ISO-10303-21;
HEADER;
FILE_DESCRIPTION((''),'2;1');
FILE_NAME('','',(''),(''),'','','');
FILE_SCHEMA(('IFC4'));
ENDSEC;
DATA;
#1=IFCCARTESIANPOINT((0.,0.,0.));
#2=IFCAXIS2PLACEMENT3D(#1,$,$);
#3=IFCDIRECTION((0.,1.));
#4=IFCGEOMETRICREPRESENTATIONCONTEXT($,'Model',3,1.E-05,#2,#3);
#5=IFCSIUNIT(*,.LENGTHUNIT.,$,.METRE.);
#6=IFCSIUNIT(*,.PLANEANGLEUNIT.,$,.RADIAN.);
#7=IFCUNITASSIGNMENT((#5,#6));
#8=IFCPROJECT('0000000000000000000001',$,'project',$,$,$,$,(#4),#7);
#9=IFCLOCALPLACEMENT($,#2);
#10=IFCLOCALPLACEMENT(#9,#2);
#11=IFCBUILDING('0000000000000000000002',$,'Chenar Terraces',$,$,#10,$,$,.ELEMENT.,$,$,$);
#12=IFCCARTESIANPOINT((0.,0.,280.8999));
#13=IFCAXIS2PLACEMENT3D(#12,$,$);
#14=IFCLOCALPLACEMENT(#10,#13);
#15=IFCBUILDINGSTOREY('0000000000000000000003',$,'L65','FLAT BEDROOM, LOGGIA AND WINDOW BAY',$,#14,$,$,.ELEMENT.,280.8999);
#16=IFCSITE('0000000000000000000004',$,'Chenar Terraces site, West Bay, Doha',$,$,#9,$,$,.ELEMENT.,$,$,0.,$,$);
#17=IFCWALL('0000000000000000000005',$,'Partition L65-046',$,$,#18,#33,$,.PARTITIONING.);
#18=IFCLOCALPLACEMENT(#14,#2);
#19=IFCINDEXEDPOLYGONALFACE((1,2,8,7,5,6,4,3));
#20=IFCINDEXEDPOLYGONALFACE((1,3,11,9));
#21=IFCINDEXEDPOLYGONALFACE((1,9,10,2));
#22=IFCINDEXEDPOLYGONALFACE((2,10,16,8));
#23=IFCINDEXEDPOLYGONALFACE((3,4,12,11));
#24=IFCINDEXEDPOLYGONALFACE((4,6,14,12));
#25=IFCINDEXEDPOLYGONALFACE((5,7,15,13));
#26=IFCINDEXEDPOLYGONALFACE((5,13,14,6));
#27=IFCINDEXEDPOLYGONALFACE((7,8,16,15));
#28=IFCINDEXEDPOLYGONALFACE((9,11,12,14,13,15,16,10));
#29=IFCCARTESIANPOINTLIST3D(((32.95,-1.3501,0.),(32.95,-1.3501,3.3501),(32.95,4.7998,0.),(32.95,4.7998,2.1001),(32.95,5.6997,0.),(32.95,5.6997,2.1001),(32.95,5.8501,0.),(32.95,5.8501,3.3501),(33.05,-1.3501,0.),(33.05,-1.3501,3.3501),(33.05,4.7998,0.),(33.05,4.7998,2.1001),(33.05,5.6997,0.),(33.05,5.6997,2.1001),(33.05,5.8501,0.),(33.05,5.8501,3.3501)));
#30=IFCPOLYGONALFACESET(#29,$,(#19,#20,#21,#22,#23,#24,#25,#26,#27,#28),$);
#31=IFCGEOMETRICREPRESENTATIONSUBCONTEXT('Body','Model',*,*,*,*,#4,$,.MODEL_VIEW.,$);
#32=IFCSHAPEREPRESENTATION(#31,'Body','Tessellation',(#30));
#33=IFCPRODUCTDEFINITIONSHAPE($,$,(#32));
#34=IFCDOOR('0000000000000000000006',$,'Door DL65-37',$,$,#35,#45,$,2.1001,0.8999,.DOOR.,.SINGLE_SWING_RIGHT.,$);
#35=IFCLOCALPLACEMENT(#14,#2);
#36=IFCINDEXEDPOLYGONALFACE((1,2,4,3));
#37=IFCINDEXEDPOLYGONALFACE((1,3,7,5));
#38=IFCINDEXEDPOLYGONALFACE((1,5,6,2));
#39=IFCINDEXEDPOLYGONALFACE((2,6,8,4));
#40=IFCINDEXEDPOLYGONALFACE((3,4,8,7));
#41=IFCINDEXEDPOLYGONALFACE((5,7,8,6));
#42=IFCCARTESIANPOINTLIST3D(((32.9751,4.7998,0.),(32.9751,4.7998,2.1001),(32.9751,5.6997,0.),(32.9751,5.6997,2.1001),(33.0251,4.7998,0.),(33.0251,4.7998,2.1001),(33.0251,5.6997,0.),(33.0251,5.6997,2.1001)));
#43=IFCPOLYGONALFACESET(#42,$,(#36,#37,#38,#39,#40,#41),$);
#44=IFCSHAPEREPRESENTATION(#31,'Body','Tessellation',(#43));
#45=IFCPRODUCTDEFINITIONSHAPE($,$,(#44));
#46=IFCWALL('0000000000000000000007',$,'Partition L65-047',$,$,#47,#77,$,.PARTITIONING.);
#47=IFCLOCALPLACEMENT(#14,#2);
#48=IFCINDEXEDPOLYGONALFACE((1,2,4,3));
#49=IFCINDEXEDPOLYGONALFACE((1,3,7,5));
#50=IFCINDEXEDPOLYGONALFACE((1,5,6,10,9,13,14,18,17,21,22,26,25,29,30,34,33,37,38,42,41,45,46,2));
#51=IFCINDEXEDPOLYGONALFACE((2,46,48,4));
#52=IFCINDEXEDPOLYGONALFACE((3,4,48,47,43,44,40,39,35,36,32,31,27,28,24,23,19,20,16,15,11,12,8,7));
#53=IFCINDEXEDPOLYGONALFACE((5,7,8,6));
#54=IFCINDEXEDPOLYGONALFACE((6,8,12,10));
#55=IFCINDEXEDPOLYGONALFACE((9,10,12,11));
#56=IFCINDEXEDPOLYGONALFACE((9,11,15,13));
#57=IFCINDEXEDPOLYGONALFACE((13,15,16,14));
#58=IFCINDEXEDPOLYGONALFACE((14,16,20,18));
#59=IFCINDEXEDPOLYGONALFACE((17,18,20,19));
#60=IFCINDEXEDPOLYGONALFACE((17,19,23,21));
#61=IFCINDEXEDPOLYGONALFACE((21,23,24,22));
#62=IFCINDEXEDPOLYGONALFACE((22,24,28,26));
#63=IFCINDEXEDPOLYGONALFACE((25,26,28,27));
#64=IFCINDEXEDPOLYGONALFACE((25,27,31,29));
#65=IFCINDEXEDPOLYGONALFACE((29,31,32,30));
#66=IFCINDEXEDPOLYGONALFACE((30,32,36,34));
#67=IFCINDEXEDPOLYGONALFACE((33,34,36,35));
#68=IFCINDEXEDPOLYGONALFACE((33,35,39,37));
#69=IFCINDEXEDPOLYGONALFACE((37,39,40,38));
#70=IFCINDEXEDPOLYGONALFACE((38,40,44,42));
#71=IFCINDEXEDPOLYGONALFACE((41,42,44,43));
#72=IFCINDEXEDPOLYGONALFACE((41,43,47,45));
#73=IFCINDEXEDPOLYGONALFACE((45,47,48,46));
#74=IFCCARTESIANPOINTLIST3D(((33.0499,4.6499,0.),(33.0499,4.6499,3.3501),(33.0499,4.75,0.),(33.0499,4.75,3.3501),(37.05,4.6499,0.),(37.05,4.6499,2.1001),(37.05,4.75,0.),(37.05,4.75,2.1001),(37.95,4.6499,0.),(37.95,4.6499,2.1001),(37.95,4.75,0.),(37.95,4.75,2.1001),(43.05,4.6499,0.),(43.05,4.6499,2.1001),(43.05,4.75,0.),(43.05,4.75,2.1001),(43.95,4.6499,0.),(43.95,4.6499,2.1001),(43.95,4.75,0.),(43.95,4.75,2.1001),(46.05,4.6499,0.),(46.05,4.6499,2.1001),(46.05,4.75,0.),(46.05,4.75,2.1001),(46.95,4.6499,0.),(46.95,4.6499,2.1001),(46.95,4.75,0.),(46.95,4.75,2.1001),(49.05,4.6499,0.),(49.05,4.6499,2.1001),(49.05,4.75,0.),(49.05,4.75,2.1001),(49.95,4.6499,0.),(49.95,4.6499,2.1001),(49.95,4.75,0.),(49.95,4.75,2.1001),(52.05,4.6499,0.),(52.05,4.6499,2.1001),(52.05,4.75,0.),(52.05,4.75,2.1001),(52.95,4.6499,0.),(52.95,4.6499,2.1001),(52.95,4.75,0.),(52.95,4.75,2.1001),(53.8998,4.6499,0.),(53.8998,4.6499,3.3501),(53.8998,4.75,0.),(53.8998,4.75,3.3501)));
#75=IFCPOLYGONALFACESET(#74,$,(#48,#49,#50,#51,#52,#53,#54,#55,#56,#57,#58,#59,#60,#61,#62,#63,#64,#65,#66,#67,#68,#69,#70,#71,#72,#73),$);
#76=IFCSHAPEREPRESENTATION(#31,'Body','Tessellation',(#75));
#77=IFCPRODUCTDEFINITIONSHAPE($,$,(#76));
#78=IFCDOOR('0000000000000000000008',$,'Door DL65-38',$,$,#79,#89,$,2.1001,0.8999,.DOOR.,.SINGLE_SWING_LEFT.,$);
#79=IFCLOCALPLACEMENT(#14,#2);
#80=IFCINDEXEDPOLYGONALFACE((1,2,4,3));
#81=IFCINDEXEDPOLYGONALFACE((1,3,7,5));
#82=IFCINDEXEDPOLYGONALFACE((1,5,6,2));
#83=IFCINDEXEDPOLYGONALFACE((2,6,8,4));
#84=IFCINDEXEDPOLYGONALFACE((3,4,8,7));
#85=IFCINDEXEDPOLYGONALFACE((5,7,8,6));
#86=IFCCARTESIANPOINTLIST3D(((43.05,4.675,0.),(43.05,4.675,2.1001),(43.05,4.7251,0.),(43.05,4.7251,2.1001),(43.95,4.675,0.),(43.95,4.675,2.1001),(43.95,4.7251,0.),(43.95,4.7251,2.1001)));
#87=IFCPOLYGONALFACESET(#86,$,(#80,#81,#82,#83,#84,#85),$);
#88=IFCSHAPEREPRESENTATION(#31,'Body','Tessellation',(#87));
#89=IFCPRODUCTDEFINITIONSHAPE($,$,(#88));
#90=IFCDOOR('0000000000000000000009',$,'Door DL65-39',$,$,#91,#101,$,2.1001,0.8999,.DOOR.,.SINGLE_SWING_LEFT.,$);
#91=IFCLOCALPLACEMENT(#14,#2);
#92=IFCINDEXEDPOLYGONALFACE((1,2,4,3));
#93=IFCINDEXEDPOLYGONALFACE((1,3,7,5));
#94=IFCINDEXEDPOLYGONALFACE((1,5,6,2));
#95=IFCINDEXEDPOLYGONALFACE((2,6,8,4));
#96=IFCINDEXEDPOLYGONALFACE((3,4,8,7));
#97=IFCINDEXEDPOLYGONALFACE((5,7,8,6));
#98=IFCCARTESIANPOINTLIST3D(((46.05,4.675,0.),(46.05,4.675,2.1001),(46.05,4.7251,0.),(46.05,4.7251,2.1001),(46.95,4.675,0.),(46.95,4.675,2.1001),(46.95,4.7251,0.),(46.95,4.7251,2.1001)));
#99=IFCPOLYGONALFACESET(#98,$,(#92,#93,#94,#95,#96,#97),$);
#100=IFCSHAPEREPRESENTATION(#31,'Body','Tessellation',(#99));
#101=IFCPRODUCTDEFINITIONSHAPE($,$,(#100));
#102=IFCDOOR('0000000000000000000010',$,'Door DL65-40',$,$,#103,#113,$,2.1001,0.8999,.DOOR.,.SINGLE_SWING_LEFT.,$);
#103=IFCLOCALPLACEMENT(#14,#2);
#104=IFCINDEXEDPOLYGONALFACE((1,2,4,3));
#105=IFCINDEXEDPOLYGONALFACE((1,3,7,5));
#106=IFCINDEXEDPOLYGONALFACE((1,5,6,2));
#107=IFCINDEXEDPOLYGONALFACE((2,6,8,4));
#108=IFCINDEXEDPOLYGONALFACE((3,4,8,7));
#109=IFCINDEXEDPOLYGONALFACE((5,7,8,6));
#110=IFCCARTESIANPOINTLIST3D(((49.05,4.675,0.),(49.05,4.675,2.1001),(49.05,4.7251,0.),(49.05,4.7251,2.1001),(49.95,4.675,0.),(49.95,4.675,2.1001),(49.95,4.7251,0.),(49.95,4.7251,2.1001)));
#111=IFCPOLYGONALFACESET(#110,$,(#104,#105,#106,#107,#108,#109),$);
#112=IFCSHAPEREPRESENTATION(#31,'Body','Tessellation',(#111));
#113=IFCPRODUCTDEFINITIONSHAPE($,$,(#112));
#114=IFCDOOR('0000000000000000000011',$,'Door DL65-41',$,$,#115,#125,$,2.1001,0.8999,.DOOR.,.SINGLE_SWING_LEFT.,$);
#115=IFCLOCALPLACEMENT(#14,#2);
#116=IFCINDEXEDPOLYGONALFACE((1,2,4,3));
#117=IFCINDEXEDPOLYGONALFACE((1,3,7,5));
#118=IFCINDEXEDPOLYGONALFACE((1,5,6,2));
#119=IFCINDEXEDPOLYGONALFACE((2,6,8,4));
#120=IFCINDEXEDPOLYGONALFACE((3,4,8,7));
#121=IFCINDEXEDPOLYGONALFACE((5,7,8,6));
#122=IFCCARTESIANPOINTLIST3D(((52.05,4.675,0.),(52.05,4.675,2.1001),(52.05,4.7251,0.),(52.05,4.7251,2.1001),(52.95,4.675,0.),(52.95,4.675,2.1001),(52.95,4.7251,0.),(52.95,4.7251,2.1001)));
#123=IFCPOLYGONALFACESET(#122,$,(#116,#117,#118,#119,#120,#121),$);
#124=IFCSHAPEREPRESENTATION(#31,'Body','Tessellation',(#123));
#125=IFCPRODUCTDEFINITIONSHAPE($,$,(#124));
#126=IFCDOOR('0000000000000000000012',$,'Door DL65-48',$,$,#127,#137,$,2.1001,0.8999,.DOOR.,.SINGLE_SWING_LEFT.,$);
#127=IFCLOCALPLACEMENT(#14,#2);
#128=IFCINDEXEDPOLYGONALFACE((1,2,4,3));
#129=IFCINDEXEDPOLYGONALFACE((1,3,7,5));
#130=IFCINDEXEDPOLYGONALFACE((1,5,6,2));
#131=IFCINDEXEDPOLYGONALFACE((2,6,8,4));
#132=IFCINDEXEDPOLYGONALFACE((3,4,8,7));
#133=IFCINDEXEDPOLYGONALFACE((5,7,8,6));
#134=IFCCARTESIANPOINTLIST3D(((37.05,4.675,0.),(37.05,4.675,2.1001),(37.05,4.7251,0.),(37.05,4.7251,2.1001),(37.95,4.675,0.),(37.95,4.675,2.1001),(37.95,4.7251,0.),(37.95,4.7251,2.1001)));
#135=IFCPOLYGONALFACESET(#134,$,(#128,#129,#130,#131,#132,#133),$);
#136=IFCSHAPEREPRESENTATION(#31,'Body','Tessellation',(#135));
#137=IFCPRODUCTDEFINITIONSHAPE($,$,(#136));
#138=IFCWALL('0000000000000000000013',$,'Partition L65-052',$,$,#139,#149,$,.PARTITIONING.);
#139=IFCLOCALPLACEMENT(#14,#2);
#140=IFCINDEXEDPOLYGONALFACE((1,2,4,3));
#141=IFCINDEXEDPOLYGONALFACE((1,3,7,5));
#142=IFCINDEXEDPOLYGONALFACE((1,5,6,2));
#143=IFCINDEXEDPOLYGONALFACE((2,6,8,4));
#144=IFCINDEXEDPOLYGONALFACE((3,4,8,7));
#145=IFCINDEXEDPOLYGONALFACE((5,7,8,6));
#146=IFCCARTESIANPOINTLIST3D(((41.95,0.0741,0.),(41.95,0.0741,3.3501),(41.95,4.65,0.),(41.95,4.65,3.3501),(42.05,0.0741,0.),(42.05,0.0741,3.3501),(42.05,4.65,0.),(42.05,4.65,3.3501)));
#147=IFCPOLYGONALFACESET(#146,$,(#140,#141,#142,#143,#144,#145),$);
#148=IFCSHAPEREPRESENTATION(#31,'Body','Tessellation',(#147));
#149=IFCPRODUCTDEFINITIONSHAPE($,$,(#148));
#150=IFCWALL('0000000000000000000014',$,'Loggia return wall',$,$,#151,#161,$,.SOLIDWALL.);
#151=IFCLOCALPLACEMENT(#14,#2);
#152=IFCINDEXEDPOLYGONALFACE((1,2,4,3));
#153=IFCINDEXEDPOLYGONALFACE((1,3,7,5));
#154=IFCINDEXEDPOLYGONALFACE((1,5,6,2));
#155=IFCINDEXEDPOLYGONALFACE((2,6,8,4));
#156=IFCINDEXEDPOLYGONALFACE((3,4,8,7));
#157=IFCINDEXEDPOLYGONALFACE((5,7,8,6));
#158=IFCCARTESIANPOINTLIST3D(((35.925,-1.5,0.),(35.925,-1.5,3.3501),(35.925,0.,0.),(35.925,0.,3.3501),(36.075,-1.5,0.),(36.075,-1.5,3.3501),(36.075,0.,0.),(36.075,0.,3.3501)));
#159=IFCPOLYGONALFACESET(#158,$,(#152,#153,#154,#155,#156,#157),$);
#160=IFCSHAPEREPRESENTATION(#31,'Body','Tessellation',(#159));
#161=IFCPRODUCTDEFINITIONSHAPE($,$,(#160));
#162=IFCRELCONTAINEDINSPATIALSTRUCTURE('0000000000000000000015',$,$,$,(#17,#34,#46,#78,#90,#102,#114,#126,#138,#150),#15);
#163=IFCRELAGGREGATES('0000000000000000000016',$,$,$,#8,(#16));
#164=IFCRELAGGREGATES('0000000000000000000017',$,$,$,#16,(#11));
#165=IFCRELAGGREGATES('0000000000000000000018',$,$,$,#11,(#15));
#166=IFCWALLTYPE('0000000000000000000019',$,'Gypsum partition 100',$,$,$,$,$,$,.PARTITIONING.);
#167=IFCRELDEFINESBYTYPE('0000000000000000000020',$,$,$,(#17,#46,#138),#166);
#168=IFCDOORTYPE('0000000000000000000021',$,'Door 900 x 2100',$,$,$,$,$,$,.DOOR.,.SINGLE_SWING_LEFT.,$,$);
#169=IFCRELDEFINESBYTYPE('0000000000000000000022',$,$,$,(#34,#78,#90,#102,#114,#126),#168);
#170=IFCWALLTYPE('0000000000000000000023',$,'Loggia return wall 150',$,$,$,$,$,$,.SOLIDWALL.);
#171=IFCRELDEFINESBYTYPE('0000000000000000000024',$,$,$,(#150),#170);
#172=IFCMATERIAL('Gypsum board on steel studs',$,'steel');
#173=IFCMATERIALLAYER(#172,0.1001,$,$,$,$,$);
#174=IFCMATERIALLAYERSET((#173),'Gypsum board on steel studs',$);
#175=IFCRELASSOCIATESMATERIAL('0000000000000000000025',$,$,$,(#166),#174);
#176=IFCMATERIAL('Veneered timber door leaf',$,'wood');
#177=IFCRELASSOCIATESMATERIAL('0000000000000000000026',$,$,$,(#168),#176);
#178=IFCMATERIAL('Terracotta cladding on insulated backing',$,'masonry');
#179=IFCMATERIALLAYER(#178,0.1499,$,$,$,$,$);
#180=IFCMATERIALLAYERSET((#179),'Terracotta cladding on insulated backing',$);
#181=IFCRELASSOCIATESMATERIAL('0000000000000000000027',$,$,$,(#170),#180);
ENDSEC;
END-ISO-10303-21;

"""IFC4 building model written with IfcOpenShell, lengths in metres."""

from ifc_helpers import new_model, si_unit, direction, frame, frame_2d, origin, place, context, subcontext, project, spatial, rectangle, extrude, material, layer, layer_set, type_object, element, fill, save


model = new_model("IFC4")

# Units and contexts
model_context = context("Model", 3, precision=1e-05, world=origin(), true_north=direction((0.0, 1.0)))
body_context = subcontext(model_context, "Body", "Model", "MODEL_VIEW")
ifc_project = project(units=[si_unit("LENGTHUNIT", "METRE"), si_unit("PLANEANGLEUNIT", "RADIAN")], contexts=[model_context])

# Site, building, storey
site_placement = place(None, origin())
site = spatial("IfcSite", under=ifc_project, at=site_placement, Name="Chenar Terraces site, West Bay, Doha", CompositionType="ELEMENT", RefElevation=0.0)
building_placement = place(site_placement, origin())
building = spatial("IfcBuilding", under=site, at=building_placement, Name="Chenar Terraces", CompositionType="ELEMENT")
storey_placement = place(building_placement, frame((0.0, 0.0, 280.8999)))
storey = spatial("IfcBuildingStorey", under=building, at=storey_placement, Name="L65", Description="FLAT BEDROOM, LOGGIA AND WINDOW BAY", CompositionType="ELEMENT", Elevation=280.8999)

# Shared definitions
ifc_material_1 = material(Name="Gypsum board on steel studs", Category="steel")
ifc_layer_1 = layer(ifc_material_1, 0.1001)
ifc_layer_set_1 = layer_set([ifc_layer_1], Name="Gypsum board on steel studs")
wall_type_1 = type_object("IfcWallType", Name="Gypsum partition 100", PredefinedType="PARTITIONING", material=ifc_layer_set_1)

# Wall, opening, door
wall_1_placement = place(storey_placement, frame((33.0, -1.3501, 0.0), z_axis=(0.0, 0.0, 1.0), x_axis=(0.0, 1.0, 0.0)))
wall_1 = element("IfcWall", 1, at=wall_1_placement, inside=storey, type_object=wall_type_1, Name="Partition L65-046", PredefinedType="PARTITIONING", context=body_context, shape_type="SweptSolid", body=[
    extrude(rectangle(XDim=7.2002, YDim=0.1001, at=frame_2d((3.6001, 0.0))), origin(), (0.0, 0.0, 1.0), 3.3501),
])
opening_1_placement = place(wall_1_placement, frame((6.1499, 0.0, 0.0)))
opening_1 = element("IfcOpeningElement", 2, at=opening_1_placement, cuts=wall_1, PredefinedType="OPENING", context=body_context, shape_type="SweptSolid", body=[
    extrude(rectangle(XDim=0.8999, YDim=2.1001, at=frame_2d((0.45, 1.05))), frame((0.0, 0.0601, 0.0), z_axis=(0.0, -1.0, 0.0), x_axis=(1.0, 0.0, 0.0)), (0.0, 0.0, 1.0), 0.1201),
])
ifc_material_2 = material(Name="Veneered timber door leaf", Category="wood")
door_type_1 = type_object("IfcDoorType", Name="Door 900 x 2100", OperationType="SINGLE_SWING_LEFT", PredefinedType="DOOR", material=ifc_material_2)
door_1_placement = place(opening_1_placement, origin())
door_1 = element("IfcDoor", 3, at=door_1_placement, inside=storey, type_object=door_type_1, Name="Door DL65-37", OperationType="SINGLE_SWING_RIGHT", OverallHeight=2.1001, OverallWidth=0.8999, PredefinedType="DOOR", context=body_context, shape_type="SweptSolid", body=[
    extrude(rectangle(XDim=0.8999, YDim=2.1001, at=frame_2d((0.45, 1.05))), frame((0.0, 0.0249, 0.0), z_axis=(0.0, -1.0, 0.0), x_axis=(1.0, 0.0, 0.0)), (0.0, 0.0, 1.0), 0.05),
])
fill(opening_1, door_1)

# Wall, openings, doors
wall_2_placement = place(storey_placement, frame((33.05, 4.7, 0.0), z_axis=(0.0, 0.0, 1.0), x_axis=(1.0, 0.0, 0.0)))
wall_2 = element("IfcWall", 4, at=wall_2_placement, inside=storey, type_object=wall_type_1, Name="Partition L65-047", PredefinedType="PARTITIONING", context=body_context, shape_type="SweptSolid", body=[
    extrude(rectangle(XDim=20.8499, YDim=0.1001, at=frame_2d((10.4248, 0.0))), origin(), (0.0, 0.0, 1.0), 3.3501),
])
opening_2_placement = place(wall_2_placement, frame((10.0, 0.0, 0.0)))
opening_2 = element("IfcOpeningElement", 5, at=opening_2_placement, cuts=wall_2, PredefinedType="OPENING", context=body_context, shape_type="SweptSolid", body=[
    extrude(rectangle(XDim=0.8999, YDim=2.1001, at=frame_2d((0.45, 1.05))), frame((0.0, 0.0601, 0.0), z_axis=(0.0, -1.0, 0.0), x_axis=(1.0, 0.0, 0.0)), (0.0, 0.0, 1.0), 0.1201),
])
opening_3_placement = place(wall_2_placement, frame((13.0, 0.0, 0.0)))
opening_3 = element("IfcOpeningElement", 6, at=opening_3_placement, cuts=wall_2, PredefinedType="OPENING", context=body_context, shape_type="SweptSolid", body=[
    extrude(rectangle(XDim=0.8999, YDim=2.1001, at=frame_2d((0.45, 1.05))), frame((0.0, 0.0601, 0.0), z_axis=(0.0, -1.0, 0.0), x_axis=(1.0, 0.0, 0.0)), (0.0, 0.0, 1.0), 0.1201),
])
opening_4_placement = place(wall_2_placement, frame((16.0, 0.0, 0.0)))
opening_4 = element("IfcOpeningElement", 7, at=opening_4_placement, cuts=wall_2, PredefinedType="OPENING", context=body_context, shape_type="SweptSolid", body=[
    extrude(rectangle(XDim=0.8999, YDim=2.1001, at=frame_2d((0.45, 1.05))), frame((0.0, 0.0601, 0.0), z_axis=(0.0, -1.0, 0.0), x_axis=(1.0, 0.0, 0.0)), (0.0, 0.0, 1.0), 0.1201),
])
opening_5_placement = place(wall_2_placement, frame((19.0, 0.0, 0.0)))
opening_5 = element("IfcOpeningElement", 8, at=opening_5_placement, cuts=wall_2, PredefinedType="OPENING", context=body_context, shape_type="SweptSolid", body=[
    extrude(rectangle(XDim=0.8999, YDim=2.1001, at=frame_2d((0.45, 1.05))), frame((0.0, 0.0601, 0.0), z_axis=(0.0, -1.0, 0.0), x_axis=(1.0, 0.0, 0.0)), (0.0, 0.0, 1.0), 0.1201),
])
opening_6_placement = place(wall_2_placement, frame((4.0, 0.0, 0.0)))
opening_6 = element("IfcOpeningElement", 9, at=opening_6_placement, cuts=wall_2, PredefinedType="OPENING", context=body_context, shape_type="SweptSolid", body=[
    extrude(rectangle(XDim=0.8999, YDim=2.1001, at=frame_2d((0.45, 1.05))), frame((0.0, 0.0601, 0.0), z_axis=(0.0, -1.0, 0.0), x_axis=(1.0, 0.0, 0.0)), (0.0, 0.0, 1.0), 0.1201),
])
door_2_placement = place(opening_2_placement, frame((0.8999, 0.0, 0.0), z_axis=(0.0, 0.0, 1.0), x_axis=(-1.0, 0.0, 0.0)))
door_2 = element("IfcDoor", 10, at=door_2_placement, inside=storey, type_object=door_type_1, Name="Door DL65-38", OperationType="SINGLE_SWING_LEFT", OverallHeight=2.1001, OverallWidth=0.8999, PredefinedType="DOOR", context=body_context, shape_type="SweptSolid", body=[
    extrude(rectangle(XDim=0.8999, YDim=2.1001, at=frame_2d((0.45, 1.05))), frame((0.0, 0.0249, 0.0), z_axis=(0.0, -1.0, 0.0), x_axis=(1.0, 0.0, 0.0)), (0.0, 0.0, 1.0), 0.05),
])
fill(opening_2, door_2)
door_3_placement = place(opening_3_placement, frame((0.8999, 0.0, 0.0), z_axis=(0.0, 0.0, 1.0), x_axis=(-1.0, 0.0, 0.0)))
door_3 = element("IfcDoor", 11, at=door_3_placement, inside=storey, type_object=door_type_1, Name="Door DL65-39", OperationType="SINGLE_SWING_LEFT", OverallHeight=2.1001, OverallWidth=0.8999, PredefinedType="DOOR", context=body_context, shape_type="SweptSolid", body=[
    extrude(rectangle(XDim=0.8999, YDim=2.1001, at=frame_2d((0.45, 1.05))), frame((0.0, 0.0249, 0.0), z_axis=(0.0, -1.0, 0.0), x_axis=(1.0, 0.0, 0.0)), (0.0, 0.0, 1.0), 0.05),
])
fill(opening_3, door_3)
door_4_placement = place(opening_4_placement, frame((0.8999, 0.0, 0.0), z_axis=(0.0, 0.0, 1.0), x_axis=(-1.0, 0.0, 0.0)))
door_4 = element("IfcDoor", 12, at=door_4_placement, inside=storey, type_object=door_type_1, Name="Door DL65-40", OperationType="SINGLE_SWING_LEFT", OverallHeight=2.1001, OverallWidth=0.8999, PredefinedType="DOOR", context=body_context, shape_type="SweptSolid", body=[
    extrude(rectangle(XDim=0.8999, YDim=2.1001, at=frame_2d((0.45, 1.05))), frame((0.0, 0.0249, 0.0), z_axis=(0.0, -1.0, 0.0), x_axis=(1.0, 0.0, 0.0)), (0.0, 0.0, 1.0), 0.05),
])
fill(opening_4, door_4)
door_5_placement = place(opening_5_placement, frame((0.8999, 0.0, 0.0), z_axis=(0.0, 0.0, 1.0), x_axis=(-1.0, 0.0, 0.0)))
door_5 = element("IfcDoor", 13, at=door_5_placement, inside=storey, type_object=door_type_1, Name="Door DL65-41", OperationType="SINGLE_SWING_LEFT", OverallHeight=2.1001, OverallWidth=0.8999, PredefinedType="DOOR", context=body_context, shape_type="SweptSolid", body=[
    extrude(rectangle(XDim=0.8999, YDim=2.1001, at=frame_2d((0.45, 1.05))), frame((0.0, 0.0249, 0.0), z_axis=(0.0, -1.0, 0.0), x_axis=(1.0, 0.0, 0.0)), (0.0, 0.0, 1.0), 0.05),
])
fill(opening_5, door_5)
door_6_placement = place(opening_6_placement, frame((0.8999, 0.0, 0.0), z_axis=(0.0, 0.0, 1.0), x_axis=(-1.0, 0.0, 0.0)))
door_6 = element("IfcDoor", 14, at=door_6_placement, inside=storey, type_object=door_type_1, Name="Door DL65-48", OperationType="SINGLE_SWING_LEFT", OverallHeight=2.1001, OverallWidth=0.8999, PredefinedType="DOOR", context=body_context, shape_type="SweptSolid", body=[
    extrude(rectangle(XDim=0.8999, YDim=2.1001, at=frame_2d((0.45, 1.05))), frame((0.0, 0.0249, 0.0), z_axis=(0.0, -1.0, 0.0), x_axis=(1.0, 0.0, 0.0)), (0.0, 0.0, 1.0), 0.05),
])
fill(opening_6, door_6)

# Walls
wall_3_placement = place(storey_placement, frame((42.0, 0.074, 0.0), z_axis=(0.0, 0.0, 1.0), x_axis=(0.0, 1.0, 0.0)))
element("IfcWall", 15, at=wall_3_placement, inside=storey, type_object=wall_type_1, Name="Partition L65-052", PredefinedType="PARTITIONING", context=body_context, shape_type="SweptSolid", body=[
    extrude(rectangle(XDim=4.5759, YDim=0.1001, at=frame_2d((2.2881, 0.0))), origin(), (0.0, 0.0, 1.0), 3.3501),
])
ifc_material_3 = material(Name="Terracotta cladding on insulated backing", Category="masonry")
ifc_layer_2 = layer(ifc_material_3, 0.1499)
ifc_layer_set_2 = layer_set([ifc_layer_2], Name="Terracotta cladding on insulated backing")
wall_type_2 = type_object("IfcWallType", Name="Loggia return wall 150", PredefinedType="SOLIDWALL", material=ifc_layer_set_2)
wall_4_placement = place(storey_placement, frame((36.0, -1.5, 0.0), z_axis=(0.0, 0.0, 1.0), x_axis=(0.0, 1.0, 0.0)))
element("IfcWall", 16, at=wall_4_placement, inside=storey, type_object=wall_type_2, Name="Loggia return wall", PredefinedType="SOLIDWALL", context=body_context, shape_type="SweptSolid", body=[
    extrude(rectangle(XDim=1.5, YDim=0.1499, at=frame_2d((0.75, 0.0))), origin(), (0.0, 0.0, 1.0), 3.3501),
])

save(model, "model.ifc")
